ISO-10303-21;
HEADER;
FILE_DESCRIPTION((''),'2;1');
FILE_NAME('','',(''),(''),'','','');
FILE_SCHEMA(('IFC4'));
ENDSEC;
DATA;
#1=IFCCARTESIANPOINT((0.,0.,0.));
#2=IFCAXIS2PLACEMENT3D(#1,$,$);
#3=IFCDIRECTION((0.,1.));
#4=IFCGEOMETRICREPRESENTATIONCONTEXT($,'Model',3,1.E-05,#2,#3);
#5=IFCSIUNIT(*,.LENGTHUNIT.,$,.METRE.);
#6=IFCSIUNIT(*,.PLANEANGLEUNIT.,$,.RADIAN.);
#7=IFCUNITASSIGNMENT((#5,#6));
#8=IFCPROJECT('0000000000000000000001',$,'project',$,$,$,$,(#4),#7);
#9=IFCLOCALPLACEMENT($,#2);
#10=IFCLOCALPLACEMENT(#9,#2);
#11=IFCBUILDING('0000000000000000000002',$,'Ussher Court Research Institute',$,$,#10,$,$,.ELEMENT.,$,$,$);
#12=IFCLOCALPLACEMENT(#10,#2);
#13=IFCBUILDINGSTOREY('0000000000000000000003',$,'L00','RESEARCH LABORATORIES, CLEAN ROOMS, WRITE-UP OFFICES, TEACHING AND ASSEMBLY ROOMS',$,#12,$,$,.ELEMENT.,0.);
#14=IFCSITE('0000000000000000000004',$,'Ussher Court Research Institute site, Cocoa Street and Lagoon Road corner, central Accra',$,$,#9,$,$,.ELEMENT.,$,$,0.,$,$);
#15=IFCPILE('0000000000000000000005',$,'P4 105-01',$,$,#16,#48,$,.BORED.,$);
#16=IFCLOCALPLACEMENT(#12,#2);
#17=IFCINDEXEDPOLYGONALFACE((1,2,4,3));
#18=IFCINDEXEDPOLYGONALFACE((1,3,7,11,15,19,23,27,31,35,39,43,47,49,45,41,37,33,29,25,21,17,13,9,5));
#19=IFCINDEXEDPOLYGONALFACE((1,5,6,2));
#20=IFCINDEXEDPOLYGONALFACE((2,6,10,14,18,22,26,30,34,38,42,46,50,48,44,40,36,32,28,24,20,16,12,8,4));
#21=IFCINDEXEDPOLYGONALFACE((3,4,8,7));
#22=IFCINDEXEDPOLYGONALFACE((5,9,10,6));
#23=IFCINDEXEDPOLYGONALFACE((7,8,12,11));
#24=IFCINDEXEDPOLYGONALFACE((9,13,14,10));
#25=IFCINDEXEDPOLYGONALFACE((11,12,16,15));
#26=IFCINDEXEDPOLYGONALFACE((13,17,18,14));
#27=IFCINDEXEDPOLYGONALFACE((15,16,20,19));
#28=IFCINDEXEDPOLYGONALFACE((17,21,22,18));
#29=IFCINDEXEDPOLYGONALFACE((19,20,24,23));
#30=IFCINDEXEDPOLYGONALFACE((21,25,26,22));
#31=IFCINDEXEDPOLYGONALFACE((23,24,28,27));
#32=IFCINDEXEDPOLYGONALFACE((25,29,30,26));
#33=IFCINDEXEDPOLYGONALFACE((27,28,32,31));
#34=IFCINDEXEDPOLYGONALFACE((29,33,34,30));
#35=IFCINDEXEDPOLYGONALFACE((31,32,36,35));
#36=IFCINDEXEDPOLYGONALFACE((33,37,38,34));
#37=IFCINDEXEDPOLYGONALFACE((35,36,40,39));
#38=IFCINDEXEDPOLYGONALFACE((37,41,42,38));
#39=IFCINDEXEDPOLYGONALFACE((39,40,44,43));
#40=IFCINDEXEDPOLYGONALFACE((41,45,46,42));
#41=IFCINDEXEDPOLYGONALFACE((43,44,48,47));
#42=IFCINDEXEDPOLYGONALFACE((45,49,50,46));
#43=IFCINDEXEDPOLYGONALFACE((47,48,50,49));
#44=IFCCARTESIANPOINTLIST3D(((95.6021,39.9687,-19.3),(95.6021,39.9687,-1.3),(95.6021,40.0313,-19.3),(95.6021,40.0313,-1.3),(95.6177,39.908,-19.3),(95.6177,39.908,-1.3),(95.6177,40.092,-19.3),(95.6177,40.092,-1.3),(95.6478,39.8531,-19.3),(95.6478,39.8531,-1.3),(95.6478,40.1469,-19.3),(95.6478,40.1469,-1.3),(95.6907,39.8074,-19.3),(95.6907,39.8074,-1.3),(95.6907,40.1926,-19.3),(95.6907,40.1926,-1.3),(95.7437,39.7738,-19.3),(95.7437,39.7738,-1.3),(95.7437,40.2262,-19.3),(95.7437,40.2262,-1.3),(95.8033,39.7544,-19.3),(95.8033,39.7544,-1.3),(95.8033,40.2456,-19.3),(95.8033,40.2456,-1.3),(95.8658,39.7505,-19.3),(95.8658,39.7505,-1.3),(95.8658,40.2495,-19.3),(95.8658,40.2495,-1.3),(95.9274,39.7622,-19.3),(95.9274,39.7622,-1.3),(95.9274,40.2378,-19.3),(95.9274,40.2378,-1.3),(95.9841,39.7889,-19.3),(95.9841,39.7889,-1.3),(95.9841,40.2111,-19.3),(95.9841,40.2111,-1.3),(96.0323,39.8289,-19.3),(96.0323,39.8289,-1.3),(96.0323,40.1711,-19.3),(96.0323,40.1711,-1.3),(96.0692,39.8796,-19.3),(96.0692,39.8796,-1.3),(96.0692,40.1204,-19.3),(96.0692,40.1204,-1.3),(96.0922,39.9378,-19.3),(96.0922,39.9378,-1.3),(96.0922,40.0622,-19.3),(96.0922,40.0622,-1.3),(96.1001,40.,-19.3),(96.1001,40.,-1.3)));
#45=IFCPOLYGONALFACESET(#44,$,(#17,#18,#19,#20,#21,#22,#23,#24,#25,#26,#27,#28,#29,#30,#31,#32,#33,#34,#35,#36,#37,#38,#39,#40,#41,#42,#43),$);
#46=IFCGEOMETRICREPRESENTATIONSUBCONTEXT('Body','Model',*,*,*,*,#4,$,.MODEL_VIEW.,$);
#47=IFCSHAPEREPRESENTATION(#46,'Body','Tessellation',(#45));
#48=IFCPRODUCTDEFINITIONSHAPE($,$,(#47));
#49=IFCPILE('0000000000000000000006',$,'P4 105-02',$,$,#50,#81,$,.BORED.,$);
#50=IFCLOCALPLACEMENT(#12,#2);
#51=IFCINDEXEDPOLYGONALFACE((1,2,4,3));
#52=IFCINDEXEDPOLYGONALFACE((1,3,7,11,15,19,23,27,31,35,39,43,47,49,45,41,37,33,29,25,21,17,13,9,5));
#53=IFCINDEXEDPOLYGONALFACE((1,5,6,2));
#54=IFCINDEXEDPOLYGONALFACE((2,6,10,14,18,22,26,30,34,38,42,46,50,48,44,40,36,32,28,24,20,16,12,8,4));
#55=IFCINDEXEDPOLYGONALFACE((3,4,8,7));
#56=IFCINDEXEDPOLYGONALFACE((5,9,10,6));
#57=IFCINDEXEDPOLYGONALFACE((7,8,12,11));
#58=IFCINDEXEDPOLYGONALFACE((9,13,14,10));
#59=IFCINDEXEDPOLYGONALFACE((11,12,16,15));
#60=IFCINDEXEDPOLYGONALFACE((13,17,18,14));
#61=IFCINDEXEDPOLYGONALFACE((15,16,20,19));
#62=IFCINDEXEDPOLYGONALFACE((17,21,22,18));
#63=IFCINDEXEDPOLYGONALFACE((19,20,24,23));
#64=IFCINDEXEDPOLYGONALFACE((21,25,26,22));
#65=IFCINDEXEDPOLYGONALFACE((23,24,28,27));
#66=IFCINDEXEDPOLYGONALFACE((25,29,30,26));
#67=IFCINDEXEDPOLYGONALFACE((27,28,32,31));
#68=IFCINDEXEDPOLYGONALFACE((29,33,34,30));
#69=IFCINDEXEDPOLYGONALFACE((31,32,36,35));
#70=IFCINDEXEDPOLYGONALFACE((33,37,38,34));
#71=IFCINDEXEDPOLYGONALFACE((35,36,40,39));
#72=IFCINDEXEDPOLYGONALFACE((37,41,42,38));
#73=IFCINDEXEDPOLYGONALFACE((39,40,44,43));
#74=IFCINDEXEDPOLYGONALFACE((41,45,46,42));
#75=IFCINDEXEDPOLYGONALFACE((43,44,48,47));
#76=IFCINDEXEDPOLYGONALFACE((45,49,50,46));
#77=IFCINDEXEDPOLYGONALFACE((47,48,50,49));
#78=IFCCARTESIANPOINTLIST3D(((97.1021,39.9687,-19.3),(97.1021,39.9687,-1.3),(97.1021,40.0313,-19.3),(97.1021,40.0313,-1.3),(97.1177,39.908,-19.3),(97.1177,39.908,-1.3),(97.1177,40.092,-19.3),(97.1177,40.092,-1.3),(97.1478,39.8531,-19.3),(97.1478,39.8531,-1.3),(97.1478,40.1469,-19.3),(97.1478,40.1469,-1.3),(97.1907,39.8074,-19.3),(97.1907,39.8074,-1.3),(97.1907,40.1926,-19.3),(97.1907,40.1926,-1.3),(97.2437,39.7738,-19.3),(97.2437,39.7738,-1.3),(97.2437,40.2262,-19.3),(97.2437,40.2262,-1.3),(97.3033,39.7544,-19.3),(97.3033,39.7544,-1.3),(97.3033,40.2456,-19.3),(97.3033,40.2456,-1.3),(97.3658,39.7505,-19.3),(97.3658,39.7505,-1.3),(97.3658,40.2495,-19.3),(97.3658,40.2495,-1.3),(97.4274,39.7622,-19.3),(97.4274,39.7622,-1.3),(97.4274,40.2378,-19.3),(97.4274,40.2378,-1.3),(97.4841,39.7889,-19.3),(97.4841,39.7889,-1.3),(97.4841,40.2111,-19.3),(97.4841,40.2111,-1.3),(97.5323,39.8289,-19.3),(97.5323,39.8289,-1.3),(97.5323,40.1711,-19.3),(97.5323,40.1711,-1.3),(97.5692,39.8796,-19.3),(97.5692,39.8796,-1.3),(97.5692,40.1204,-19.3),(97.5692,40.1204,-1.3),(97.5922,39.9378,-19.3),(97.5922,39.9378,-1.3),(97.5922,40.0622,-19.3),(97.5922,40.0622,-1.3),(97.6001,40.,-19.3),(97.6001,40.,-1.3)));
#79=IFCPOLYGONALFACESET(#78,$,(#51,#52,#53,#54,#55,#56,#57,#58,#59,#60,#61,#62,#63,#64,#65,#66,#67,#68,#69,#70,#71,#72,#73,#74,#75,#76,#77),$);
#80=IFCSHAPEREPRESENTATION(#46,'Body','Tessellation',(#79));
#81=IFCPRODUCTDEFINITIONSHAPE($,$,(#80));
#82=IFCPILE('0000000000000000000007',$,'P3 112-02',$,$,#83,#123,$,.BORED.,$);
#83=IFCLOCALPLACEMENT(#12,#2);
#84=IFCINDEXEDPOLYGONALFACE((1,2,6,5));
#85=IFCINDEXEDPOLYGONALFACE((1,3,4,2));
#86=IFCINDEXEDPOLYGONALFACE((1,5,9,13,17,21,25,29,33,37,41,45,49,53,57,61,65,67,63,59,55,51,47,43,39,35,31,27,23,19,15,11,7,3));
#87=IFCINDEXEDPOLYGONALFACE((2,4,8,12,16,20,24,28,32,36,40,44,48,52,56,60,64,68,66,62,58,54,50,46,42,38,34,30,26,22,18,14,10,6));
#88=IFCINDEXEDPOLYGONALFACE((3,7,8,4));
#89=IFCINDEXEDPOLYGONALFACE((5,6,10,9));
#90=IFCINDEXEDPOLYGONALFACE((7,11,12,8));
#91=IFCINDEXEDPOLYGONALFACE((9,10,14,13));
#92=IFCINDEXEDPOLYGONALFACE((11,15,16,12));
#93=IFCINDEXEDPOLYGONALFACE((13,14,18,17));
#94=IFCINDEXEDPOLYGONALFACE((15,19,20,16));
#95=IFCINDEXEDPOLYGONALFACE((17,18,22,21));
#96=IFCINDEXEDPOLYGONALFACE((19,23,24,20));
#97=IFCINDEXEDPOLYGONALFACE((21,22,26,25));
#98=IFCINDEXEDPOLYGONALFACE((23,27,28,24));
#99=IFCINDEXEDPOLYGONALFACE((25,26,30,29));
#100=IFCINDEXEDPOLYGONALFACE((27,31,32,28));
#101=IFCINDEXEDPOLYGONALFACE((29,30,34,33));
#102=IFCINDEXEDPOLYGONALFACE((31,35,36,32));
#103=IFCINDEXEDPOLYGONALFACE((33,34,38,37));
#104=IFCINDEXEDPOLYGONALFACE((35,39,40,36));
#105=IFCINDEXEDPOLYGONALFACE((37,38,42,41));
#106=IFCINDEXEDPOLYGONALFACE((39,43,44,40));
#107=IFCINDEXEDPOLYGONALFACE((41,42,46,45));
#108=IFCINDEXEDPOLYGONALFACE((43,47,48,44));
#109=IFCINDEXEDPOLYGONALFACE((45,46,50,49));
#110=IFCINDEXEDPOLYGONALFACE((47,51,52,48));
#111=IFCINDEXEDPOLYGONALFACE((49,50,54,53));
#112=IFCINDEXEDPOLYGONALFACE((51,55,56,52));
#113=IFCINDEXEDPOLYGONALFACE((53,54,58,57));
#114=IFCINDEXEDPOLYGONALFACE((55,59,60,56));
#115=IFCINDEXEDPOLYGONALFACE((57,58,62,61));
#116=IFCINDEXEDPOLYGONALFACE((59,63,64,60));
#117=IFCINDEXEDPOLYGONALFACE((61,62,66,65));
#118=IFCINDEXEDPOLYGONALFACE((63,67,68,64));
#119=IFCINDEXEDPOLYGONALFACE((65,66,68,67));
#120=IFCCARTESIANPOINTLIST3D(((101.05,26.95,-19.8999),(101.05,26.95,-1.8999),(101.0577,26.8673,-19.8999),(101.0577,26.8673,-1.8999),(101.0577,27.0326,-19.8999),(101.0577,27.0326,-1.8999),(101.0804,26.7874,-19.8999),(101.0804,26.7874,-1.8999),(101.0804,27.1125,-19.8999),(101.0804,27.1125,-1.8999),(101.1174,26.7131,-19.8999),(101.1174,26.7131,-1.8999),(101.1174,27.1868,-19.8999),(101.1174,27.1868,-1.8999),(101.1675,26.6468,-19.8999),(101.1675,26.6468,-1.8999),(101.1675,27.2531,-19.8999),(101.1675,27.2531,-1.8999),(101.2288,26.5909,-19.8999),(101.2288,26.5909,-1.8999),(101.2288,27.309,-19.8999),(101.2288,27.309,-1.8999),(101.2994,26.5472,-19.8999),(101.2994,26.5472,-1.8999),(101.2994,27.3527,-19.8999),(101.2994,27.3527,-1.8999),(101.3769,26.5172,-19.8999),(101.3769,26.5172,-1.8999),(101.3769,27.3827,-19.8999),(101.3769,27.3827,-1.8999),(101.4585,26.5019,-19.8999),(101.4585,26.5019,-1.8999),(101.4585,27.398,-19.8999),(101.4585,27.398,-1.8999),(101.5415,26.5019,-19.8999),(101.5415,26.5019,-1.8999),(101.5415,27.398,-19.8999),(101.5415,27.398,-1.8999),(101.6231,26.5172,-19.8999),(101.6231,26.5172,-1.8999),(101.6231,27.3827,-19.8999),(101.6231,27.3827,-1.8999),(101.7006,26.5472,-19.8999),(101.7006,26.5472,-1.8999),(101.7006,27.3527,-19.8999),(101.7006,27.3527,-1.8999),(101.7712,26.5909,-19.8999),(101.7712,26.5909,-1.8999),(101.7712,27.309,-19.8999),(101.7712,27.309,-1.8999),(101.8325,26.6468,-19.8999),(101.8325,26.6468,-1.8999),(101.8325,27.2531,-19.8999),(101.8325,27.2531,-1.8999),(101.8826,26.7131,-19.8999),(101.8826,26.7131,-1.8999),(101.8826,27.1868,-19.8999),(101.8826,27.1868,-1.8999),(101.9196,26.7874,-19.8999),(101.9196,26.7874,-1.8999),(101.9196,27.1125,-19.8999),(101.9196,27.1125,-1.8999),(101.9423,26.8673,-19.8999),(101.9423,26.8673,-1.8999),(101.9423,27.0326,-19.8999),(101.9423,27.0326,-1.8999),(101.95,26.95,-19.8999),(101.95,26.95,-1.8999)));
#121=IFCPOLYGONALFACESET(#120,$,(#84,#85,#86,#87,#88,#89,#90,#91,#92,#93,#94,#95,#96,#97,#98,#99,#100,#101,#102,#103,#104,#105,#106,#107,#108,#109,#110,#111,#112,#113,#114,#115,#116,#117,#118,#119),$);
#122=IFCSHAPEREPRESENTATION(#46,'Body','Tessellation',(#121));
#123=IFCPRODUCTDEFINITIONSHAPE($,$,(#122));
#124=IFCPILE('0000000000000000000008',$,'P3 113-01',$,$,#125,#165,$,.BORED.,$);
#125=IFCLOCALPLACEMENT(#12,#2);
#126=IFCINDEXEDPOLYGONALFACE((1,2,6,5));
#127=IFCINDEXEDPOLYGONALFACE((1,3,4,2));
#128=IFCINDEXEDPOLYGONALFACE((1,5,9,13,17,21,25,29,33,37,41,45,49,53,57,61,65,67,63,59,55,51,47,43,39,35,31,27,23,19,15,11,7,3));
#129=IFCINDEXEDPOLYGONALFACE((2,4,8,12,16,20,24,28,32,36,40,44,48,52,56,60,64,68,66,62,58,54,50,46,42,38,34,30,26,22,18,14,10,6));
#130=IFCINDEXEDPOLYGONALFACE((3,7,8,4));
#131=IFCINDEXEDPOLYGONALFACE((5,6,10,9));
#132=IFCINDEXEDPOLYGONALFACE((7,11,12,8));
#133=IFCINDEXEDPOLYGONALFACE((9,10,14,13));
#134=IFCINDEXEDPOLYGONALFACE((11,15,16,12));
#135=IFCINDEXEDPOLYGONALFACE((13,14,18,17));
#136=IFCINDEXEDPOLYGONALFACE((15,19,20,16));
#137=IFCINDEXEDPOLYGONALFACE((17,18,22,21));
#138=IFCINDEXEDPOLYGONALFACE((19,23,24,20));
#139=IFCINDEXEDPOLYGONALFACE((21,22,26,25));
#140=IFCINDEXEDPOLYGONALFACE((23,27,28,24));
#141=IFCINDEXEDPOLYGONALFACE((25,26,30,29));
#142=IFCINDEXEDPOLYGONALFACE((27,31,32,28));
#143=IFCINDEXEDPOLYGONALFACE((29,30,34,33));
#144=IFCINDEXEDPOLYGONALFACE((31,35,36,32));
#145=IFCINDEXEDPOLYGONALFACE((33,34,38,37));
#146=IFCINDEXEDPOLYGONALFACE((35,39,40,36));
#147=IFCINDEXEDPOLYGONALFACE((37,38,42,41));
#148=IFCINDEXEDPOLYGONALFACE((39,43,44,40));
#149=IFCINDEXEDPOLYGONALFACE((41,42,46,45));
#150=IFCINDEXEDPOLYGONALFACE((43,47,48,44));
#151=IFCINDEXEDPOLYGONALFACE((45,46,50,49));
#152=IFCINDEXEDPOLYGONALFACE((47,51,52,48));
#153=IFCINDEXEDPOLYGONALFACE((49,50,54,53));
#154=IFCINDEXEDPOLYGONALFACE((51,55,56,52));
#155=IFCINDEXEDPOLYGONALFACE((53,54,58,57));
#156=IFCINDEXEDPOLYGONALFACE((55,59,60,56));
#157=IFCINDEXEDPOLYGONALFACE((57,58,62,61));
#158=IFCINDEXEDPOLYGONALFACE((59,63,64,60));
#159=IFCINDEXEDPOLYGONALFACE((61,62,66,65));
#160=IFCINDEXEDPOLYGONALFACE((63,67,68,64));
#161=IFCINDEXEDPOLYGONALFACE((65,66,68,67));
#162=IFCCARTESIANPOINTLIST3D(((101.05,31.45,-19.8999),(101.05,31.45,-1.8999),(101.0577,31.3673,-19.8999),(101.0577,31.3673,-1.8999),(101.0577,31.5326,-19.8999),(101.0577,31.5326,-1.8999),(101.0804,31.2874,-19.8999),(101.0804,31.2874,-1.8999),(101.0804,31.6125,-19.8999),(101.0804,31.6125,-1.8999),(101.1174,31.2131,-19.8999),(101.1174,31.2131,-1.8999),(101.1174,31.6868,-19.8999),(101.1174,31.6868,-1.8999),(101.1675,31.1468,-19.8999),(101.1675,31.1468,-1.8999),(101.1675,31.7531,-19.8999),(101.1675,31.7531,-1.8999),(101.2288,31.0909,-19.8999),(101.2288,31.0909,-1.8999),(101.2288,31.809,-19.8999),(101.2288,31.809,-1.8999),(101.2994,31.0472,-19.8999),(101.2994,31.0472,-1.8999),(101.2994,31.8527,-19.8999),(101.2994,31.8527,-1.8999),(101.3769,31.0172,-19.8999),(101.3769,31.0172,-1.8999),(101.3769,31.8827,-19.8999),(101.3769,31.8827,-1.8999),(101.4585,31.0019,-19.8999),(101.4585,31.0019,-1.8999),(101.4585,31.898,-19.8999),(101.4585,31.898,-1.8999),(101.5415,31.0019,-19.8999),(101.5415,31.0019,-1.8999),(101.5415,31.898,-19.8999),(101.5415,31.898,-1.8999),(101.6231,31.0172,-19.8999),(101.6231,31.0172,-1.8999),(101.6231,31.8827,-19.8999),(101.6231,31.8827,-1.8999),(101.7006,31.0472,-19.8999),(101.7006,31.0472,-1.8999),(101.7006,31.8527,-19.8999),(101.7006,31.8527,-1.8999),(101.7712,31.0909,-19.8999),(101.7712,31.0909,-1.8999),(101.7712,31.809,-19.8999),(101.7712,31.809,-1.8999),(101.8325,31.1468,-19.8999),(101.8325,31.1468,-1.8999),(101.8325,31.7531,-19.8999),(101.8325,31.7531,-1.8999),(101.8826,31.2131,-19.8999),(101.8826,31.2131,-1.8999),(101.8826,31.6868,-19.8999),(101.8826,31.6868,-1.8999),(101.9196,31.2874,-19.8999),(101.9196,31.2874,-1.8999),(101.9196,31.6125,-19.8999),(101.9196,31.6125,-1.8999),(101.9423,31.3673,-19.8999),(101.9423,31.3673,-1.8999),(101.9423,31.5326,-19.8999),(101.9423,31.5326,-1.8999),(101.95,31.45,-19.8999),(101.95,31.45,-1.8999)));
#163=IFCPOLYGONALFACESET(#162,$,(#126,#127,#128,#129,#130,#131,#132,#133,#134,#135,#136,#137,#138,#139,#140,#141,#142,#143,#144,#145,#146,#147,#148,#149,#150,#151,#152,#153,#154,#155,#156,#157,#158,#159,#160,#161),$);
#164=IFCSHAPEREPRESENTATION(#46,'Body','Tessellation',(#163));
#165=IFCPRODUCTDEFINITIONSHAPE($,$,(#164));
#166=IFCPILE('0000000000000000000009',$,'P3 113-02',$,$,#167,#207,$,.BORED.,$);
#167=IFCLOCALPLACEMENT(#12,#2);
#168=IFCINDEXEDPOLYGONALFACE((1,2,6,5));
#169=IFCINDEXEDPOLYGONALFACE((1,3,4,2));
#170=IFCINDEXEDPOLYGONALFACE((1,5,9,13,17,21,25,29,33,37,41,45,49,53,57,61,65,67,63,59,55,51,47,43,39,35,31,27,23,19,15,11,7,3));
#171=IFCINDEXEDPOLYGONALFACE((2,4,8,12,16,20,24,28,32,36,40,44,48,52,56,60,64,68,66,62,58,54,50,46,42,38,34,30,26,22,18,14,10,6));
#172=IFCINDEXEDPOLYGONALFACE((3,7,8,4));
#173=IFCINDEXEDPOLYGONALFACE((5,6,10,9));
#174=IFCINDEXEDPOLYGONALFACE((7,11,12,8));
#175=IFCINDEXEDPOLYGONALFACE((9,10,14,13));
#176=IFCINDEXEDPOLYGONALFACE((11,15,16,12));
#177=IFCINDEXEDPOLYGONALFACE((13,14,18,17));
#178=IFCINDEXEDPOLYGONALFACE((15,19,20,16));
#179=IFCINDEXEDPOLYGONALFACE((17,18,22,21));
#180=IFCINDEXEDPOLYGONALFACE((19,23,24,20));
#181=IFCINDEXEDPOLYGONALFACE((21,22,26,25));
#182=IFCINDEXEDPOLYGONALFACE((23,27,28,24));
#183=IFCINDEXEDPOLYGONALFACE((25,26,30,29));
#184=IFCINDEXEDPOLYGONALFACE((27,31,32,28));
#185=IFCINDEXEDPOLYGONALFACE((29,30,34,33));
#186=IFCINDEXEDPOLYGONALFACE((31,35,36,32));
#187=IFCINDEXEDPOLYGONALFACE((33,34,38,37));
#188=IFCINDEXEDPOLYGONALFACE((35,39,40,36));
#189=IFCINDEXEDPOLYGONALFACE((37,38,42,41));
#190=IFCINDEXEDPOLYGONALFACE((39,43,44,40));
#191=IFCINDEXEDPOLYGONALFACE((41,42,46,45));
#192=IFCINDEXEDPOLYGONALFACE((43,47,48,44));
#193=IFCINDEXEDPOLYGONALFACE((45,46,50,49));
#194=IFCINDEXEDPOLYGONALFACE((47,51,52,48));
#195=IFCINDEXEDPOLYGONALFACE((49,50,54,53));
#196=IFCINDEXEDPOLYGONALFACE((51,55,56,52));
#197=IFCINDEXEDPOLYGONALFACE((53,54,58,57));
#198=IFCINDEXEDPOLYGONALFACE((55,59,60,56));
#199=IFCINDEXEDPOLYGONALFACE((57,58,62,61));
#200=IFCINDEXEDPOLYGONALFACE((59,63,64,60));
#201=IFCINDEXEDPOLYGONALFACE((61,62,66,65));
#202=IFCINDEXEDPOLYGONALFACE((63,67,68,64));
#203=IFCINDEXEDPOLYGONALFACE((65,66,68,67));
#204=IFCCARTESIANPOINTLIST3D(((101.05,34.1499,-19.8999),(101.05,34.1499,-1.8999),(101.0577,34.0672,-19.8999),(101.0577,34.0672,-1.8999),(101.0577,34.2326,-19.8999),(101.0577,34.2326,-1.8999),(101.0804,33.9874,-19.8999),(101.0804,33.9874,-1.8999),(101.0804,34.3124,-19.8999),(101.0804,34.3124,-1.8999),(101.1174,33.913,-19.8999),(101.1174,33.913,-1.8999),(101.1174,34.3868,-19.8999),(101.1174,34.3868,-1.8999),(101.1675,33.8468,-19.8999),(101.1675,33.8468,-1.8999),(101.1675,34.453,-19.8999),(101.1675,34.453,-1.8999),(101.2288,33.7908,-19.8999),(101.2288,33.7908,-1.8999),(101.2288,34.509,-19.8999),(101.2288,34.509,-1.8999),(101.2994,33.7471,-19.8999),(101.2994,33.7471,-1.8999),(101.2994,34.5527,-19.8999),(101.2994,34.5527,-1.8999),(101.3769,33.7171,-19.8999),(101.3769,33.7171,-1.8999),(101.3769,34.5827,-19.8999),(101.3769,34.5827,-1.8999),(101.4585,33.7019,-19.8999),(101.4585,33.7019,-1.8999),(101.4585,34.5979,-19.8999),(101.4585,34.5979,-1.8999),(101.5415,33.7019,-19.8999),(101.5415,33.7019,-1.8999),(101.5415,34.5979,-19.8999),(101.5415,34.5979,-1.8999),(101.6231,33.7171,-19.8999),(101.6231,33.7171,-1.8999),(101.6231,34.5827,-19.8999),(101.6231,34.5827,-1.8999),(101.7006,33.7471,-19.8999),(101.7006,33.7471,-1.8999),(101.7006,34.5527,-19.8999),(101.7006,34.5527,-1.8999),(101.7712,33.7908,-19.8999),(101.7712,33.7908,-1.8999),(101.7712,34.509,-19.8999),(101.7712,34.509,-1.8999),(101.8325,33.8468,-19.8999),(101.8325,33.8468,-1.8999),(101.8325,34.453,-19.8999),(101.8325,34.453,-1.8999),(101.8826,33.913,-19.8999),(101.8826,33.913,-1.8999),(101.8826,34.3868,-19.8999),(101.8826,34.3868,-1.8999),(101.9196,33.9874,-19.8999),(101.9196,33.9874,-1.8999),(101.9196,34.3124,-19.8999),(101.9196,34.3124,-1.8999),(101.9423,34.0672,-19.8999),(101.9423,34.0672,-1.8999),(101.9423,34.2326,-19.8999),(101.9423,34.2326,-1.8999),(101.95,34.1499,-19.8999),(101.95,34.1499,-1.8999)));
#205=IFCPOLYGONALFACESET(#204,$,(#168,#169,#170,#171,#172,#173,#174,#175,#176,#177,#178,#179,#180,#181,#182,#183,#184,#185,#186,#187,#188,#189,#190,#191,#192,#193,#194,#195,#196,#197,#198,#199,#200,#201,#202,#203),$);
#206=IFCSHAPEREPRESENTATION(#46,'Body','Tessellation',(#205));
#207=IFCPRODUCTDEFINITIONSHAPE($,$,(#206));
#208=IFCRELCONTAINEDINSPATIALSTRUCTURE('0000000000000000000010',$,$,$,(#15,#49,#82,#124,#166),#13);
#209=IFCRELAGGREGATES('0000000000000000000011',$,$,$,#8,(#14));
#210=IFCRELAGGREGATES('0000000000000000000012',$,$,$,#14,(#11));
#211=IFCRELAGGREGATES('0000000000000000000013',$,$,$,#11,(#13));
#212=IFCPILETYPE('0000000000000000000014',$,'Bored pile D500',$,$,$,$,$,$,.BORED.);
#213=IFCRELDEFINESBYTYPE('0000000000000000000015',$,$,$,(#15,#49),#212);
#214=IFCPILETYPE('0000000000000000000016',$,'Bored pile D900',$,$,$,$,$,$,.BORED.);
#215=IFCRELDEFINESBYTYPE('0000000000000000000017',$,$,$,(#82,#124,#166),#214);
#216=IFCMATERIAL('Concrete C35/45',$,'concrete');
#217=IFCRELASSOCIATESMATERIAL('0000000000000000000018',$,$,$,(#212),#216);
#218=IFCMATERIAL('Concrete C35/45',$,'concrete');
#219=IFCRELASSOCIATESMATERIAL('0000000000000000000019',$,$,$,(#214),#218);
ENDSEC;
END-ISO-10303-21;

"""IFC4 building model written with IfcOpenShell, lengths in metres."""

from ifc_helpers import new_model, si_unit, direction, frame, origin, origin_2d, place, context, subcontext, project, spatial, circle, extrude, material, material_profile, profile_set, type_object, element, save


model = new_model("IFC4")

# Units and contexts
model_context = context("Model", 3, precision=1e-05, world=origin(), true_north=direction((0.0, 1.0)))
body_context = subcontext(model_context, "Body", "Model", "MODEL_VIEW")
ifc_project = project(units=[si_unit("LENGTHUNIT", "METRE"), si_unit("PLANEANGLEUNIT", "RADIAN")], contexts=[model_context])

# Site, building, storey
site_placement = place(None, origin())
site = spatial("IfcSite", under=ifc_project, at=site_placement, Name="Ussher Court Research Institute site, Cocoa Street and Lagoon Road corner, central Accra", CompositionType="ELEMENT", RefElevation=0.0)
building_placement = place(site_placement, origin())
building = spatial("IfcBuilding", under=site, at=building_placement, Name="Ussher Court Research Institute", CompositionType="ELEMENT")
storey_placement = place(building_placement, origin())
storey = spatial("IfcBuildingStorey", under=building, at=storey_placement, Name="L00", Description="RESEARCH LABORATORIES, CLEAN ROOMS, WRITE-UP OFFICES, TEACHING AND ASSEMBLY ROOMS", CompositionType="ELEMENT", Elevation=0.0)

# Piles
ifc_material_1 = material(Name="Concrete C35/45", Category="concrete")
ifc_material_profile_1 = material_profile(ifc_material_1, circle(Radius=0.25, at=origin_2d()), Name="RC D500")
ifc_profile_set_1 = profile_set([ifc_material_profile_1], Name="Concrete C35/45")
pile_type_1 = type_object("IfcPileType", Name="Bored pile D500", PredefinedType="BORED", material=ifc_profile_set_1)
for number, where, z_axis, x_axis, name in (
    (1, (95.8501, 40.0, -1.3), (0.0, 0.0, -1.0), (1.0, 0.0, 0.0), "P4 105-01"),
    (2, (97.3501, 40.0, -1.3), (0.0, 0.0, -1.0), (1.0, 0.0, 0.0), "P4 105-02"),
):
    element("IfcPile", number, at=place(storey_placement, frame(where, z_axis=z_axis, x_axis=x_axis)), inside=storey, type_object=pile_type_1, Name=name, PredefinedType="BORED", context=body_context, shape_type="SweptSolid", body=[
        extrude(circle(Radius=0.25, at=origin_2d()), origin(), (0.0, 0.0, 1.0), 18.0),
    ])
ifc_material_2 = material(Name="Concrete C35/45", Category="concrete")
ifc_material_profile_2 = material_profile(ifc_material_2, circle(Radius=0.45, at=origin_2d()), Name="RC D900")
ifc_profile_set_2 = profile_set([ifc_material_profile_2], Name="Concrete C35/45")
pile_type_2 = type_object("IfcPileType", Name="Bored pile D900", PredefinedType="BORED", material=ifc_profile_set_2)
for number, where, z_axis, x_axis, name in (
    (3, (101.5, 26.95, -1.8999), (0.0, 0.0, -1.0), (1.0, 0.0, 0.0), "P3 112-02"),
    (4, (101.5, 31.45, -1.8999), (0.0, 0.0, -1.0), (1.0, 0.0, 0.0), "P3 113-01"),
    (5, (101.5, 34.1499, -1.8999), (0.0, 0.0, -1.0), (1.0, 0.0, 0.0), "P3 113-02"),
):
    element("IfcPile", number, at=place(storey_placement, frame(where, z_axis=z_axis, x_axis=x_axis)), inside=storey, type_object=pile_type_2, Name=name, PredefinedType="BORED", context=body_context, shape_type="SweptSolid", body=[
        extrude(circle(Radius=0.45, at=origin_2d()), origin(), (0.0, 0.0, 1.0), 18.0),
    ])

save(model, "model.ifc")
